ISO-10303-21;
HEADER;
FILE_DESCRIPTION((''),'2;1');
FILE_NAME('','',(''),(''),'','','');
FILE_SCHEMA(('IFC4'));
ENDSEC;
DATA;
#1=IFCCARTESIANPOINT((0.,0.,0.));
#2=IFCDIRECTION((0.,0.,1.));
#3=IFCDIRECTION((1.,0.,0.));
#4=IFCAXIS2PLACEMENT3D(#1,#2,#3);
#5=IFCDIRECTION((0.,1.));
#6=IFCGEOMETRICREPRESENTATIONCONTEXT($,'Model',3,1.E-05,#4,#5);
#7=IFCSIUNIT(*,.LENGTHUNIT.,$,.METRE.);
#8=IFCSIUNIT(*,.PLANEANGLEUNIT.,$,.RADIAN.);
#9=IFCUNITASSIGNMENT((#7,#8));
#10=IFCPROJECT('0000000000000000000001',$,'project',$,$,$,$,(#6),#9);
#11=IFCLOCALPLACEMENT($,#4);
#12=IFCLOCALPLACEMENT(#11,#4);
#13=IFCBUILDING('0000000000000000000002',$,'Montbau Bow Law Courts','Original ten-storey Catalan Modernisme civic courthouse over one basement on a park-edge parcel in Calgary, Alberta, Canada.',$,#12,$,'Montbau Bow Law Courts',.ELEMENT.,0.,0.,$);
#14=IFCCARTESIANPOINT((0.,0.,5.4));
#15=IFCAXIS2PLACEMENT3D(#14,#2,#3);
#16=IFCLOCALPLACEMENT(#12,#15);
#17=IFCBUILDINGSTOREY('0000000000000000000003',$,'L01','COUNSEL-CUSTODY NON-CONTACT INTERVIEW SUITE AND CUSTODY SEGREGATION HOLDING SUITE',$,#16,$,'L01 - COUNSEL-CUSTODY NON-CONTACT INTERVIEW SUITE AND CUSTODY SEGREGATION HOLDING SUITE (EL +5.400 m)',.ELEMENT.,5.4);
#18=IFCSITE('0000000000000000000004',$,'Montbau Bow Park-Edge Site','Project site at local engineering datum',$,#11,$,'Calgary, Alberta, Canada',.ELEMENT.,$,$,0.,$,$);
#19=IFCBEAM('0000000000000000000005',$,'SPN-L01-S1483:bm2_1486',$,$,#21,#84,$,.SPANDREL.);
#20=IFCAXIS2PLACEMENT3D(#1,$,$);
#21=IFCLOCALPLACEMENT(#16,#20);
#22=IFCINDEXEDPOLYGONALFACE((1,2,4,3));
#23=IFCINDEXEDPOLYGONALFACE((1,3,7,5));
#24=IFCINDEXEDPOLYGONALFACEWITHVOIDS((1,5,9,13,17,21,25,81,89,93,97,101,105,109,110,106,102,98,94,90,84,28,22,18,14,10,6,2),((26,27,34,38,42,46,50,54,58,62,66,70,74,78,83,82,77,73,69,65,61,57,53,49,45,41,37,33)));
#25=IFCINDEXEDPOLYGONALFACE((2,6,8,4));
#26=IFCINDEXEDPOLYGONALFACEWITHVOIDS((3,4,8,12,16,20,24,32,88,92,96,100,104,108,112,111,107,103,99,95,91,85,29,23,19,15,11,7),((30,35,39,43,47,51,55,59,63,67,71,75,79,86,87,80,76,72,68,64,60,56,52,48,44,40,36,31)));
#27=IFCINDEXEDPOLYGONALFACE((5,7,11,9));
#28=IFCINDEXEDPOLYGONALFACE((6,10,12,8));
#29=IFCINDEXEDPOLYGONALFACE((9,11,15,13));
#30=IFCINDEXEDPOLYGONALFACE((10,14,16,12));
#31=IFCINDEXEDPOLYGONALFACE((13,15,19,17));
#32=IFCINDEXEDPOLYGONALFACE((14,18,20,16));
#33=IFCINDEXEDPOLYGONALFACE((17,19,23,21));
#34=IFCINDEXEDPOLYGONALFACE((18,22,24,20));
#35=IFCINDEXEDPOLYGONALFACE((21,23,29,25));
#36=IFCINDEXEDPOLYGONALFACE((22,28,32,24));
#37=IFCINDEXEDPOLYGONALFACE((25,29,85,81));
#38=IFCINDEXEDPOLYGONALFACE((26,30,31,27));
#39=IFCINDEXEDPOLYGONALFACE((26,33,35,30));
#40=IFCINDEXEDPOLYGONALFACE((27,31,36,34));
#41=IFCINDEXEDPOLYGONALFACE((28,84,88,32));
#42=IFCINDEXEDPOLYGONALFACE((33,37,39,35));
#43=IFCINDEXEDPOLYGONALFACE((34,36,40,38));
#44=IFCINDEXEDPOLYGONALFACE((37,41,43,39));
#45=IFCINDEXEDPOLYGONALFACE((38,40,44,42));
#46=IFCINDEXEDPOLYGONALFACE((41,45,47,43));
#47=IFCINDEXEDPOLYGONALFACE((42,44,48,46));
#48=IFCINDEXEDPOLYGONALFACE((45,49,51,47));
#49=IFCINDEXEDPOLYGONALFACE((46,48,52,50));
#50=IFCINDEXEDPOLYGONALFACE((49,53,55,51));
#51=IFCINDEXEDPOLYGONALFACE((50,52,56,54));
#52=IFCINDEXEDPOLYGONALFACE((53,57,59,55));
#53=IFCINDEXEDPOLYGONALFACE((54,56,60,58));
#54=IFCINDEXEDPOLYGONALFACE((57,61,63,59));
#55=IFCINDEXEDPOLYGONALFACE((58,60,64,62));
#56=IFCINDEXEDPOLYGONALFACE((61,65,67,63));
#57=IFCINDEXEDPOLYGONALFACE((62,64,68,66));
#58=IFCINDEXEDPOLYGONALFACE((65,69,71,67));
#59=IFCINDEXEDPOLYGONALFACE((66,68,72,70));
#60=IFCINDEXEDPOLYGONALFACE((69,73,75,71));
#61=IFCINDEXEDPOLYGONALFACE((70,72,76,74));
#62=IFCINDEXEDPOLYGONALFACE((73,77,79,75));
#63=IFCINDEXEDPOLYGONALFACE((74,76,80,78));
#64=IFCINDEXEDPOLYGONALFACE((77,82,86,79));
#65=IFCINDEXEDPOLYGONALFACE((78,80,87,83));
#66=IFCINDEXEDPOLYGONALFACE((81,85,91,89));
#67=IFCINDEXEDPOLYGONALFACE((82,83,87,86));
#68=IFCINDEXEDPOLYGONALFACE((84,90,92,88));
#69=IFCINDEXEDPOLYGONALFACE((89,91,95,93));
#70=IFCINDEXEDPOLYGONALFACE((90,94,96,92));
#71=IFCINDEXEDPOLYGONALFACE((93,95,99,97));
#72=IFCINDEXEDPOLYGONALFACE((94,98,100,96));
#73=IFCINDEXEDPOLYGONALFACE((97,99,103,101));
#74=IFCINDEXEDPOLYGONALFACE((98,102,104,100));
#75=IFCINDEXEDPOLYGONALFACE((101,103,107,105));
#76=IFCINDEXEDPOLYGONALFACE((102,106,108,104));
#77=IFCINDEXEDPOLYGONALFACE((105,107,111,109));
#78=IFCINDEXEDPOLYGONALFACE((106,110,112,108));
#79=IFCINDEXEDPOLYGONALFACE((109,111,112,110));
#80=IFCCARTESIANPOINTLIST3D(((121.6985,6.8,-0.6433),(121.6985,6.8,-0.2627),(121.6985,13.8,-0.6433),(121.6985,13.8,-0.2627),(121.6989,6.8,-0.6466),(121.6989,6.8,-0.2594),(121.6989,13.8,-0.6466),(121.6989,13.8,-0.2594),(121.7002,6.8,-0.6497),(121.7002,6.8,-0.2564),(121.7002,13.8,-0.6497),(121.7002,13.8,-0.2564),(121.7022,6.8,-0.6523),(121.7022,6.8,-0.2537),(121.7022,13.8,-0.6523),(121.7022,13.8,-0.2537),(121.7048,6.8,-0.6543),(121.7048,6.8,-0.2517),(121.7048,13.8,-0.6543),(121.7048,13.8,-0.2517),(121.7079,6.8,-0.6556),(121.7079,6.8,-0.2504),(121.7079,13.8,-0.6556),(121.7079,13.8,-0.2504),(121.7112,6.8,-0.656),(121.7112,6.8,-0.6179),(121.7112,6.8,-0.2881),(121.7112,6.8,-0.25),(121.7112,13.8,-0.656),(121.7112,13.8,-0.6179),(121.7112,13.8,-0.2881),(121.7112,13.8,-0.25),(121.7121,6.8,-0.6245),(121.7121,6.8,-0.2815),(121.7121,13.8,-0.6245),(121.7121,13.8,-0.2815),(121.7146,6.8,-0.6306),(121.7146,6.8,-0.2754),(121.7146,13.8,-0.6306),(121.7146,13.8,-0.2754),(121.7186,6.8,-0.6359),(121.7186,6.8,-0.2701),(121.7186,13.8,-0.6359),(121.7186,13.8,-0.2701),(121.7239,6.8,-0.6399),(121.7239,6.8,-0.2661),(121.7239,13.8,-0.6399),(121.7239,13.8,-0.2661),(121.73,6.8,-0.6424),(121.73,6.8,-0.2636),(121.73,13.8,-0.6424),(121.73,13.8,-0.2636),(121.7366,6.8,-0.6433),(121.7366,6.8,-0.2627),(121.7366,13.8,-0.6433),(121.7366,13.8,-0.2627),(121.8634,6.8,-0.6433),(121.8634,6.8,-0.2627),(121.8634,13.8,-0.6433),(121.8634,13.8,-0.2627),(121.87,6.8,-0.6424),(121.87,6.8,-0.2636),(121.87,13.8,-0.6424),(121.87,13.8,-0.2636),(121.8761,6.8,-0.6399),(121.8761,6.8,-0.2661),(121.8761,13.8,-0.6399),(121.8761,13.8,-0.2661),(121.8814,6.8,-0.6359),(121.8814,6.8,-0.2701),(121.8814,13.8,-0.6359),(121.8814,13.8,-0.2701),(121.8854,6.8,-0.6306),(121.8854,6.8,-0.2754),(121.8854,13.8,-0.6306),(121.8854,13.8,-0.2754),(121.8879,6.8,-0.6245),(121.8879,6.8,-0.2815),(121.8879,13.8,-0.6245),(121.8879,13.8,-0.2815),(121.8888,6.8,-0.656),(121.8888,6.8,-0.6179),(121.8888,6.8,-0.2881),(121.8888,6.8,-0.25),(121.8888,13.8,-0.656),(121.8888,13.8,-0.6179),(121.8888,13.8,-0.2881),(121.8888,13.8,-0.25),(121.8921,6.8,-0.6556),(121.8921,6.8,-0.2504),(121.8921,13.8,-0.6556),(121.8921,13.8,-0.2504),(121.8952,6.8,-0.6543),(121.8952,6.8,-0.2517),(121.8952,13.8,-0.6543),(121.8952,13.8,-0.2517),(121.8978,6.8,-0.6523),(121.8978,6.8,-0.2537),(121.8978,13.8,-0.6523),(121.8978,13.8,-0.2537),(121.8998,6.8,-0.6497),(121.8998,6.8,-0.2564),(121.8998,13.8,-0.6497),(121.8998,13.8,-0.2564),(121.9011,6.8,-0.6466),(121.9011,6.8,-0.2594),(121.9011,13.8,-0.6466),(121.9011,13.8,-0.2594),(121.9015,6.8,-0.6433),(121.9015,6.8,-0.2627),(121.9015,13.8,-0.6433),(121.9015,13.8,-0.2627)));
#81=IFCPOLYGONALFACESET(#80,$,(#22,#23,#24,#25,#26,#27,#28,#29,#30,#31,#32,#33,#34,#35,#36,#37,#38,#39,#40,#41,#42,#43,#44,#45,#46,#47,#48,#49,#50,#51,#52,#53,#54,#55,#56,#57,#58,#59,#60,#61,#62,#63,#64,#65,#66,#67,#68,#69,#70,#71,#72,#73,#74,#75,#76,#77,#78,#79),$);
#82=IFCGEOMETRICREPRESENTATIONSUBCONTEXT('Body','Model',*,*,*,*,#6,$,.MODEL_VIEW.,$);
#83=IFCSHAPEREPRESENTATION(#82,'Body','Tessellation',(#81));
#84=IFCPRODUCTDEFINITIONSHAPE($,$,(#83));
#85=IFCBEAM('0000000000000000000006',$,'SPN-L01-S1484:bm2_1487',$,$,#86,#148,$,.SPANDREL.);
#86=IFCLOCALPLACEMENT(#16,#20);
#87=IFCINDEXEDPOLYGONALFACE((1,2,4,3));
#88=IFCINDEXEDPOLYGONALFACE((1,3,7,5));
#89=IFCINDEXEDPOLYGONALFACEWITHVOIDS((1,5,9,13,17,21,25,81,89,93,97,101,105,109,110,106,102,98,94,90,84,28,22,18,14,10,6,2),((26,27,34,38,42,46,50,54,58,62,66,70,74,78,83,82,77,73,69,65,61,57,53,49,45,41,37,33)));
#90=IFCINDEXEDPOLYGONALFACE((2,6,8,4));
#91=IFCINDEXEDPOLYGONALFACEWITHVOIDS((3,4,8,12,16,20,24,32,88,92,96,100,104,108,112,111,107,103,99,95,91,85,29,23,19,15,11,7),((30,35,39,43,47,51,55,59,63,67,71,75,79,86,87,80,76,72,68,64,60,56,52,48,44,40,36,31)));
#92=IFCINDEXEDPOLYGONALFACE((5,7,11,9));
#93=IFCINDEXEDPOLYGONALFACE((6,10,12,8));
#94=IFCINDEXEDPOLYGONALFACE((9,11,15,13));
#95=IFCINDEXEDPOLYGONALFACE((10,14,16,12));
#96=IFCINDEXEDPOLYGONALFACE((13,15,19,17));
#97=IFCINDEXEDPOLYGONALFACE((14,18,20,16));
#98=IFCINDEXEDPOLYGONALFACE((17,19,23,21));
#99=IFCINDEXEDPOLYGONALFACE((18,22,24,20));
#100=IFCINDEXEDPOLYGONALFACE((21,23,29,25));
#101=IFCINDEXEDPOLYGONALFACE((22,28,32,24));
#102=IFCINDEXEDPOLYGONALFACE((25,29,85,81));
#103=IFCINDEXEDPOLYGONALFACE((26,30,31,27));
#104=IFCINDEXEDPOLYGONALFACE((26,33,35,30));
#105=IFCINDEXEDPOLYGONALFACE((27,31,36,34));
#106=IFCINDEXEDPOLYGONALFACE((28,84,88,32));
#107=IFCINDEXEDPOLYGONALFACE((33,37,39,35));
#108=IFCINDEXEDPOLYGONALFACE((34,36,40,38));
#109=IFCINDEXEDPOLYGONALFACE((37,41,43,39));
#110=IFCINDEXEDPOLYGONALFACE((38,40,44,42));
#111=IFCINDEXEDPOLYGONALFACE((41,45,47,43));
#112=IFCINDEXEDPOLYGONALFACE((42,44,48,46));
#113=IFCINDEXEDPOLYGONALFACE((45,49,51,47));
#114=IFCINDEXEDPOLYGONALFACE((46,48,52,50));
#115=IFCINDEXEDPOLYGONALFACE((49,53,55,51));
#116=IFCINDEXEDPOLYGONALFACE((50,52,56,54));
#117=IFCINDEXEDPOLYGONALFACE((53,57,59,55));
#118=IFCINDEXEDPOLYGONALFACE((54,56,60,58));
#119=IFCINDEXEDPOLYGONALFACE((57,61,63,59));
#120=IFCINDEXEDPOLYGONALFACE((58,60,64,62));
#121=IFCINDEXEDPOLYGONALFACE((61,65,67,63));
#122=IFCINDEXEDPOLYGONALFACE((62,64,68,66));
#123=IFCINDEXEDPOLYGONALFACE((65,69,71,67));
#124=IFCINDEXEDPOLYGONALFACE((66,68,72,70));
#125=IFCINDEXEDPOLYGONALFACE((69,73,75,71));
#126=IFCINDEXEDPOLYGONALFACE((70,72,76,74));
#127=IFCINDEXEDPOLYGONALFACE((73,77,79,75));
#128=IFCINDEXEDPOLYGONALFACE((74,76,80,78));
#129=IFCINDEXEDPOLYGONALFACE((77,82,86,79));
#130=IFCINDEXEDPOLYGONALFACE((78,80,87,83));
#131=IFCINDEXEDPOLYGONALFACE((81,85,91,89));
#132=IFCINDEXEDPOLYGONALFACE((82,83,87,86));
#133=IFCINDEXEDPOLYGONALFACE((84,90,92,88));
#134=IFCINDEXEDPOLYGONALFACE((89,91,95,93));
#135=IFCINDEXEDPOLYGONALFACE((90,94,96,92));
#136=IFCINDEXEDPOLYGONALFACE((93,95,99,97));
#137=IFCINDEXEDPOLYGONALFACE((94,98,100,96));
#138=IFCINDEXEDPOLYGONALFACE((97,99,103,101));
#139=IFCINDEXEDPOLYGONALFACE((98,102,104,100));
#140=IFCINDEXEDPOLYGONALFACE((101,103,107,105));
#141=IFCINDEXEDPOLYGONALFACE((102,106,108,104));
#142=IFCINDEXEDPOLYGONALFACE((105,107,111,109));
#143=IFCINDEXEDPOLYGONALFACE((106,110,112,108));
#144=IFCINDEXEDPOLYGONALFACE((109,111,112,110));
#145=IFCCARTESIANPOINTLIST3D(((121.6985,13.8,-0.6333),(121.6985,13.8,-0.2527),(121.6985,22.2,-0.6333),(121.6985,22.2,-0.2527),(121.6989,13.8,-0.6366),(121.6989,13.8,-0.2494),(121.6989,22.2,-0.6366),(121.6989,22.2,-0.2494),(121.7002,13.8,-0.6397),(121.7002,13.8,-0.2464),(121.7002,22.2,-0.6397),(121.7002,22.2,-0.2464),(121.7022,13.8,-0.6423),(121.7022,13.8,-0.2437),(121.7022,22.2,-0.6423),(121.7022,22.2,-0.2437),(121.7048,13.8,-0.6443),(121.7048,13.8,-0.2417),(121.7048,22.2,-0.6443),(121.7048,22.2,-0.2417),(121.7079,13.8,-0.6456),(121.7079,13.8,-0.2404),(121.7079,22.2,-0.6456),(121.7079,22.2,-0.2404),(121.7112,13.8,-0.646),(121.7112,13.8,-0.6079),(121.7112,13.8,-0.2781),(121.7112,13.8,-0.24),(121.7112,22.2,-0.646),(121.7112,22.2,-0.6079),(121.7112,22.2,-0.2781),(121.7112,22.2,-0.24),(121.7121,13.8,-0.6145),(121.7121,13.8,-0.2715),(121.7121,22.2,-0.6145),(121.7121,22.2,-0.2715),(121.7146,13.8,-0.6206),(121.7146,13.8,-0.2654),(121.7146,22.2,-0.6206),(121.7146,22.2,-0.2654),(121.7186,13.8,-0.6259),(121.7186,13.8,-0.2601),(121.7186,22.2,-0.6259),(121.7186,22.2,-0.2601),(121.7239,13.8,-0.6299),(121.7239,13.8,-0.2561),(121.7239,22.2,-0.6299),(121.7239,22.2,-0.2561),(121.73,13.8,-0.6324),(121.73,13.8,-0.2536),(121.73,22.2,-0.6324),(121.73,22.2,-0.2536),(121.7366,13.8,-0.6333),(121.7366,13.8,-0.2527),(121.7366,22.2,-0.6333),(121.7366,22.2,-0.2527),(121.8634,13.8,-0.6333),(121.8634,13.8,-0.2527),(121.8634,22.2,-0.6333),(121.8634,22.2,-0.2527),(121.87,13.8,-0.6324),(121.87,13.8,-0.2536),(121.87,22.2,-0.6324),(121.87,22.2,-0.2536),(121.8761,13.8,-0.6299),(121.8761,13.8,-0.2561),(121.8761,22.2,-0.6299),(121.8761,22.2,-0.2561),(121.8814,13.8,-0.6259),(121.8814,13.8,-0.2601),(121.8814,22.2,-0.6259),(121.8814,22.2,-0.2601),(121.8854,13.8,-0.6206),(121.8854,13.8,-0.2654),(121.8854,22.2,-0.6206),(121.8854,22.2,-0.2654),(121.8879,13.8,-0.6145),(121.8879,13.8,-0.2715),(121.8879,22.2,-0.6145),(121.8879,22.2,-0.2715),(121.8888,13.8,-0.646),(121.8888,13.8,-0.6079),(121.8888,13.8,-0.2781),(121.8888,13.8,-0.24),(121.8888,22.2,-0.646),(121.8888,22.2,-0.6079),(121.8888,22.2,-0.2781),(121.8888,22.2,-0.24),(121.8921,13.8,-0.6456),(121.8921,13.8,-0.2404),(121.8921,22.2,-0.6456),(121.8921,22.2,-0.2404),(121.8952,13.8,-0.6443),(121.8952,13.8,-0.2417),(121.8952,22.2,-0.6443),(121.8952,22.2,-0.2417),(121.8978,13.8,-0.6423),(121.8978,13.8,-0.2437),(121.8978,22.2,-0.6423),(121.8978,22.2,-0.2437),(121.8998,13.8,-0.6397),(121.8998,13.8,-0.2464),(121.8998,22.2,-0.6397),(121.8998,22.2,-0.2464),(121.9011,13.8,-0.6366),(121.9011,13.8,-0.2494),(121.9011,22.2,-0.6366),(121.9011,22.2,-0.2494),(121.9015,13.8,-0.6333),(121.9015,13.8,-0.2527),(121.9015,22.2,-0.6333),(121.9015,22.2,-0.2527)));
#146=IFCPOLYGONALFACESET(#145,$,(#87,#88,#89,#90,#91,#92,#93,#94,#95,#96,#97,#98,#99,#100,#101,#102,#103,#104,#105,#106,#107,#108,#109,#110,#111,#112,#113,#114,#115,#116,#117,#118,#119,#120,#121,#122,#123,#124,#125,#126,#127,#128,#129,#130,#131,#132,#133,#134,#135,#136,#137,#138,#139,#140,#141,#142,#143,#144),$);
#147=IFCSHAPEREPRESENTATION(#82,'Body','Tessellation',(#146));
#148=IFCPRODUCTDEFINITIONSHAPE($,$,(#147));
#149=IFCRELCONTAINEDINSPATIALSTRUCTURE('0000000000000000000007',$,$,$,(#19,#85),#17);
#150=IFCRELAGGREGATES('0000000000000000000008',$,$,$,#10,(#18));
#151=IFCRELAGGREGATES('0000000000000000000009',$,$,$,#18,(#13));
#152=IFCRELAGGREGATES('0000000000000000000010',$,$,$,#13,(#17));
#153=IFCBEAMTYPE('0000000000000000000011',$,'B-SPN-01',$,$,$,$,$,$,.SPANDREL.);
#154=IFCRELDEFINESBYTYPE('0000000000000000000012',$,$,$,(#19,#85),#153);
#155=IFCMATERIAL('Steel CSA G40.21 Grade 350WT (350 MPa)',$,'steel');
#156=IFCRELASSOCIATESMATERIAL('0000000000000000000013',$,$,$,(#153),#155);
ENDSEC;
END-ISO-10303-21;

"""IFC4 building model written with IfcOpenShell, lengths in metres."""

from ifc_helpers import new_model, si_unit, direction, frame, origin_with_axes, origin_2d_with_axis, place, context, subcontext, project, spatial, hollow_rectangle, extrude, material, material_profile, profile_set, type_object, element, save


model = new_model("IFC4")

# Units and contexts
model_context = context("Model", 3, precision=1e-05, world=origin_with_axes(), true_north=direction((0.0, 1.0)))
body_context = subcontext(model_context, "Body", "Model", "MODEL_VIEW")
ifc_project = project(units=[si_unit("LENGTHUNIT", "METRE"), si_unit("PLANEANGLEUNIT", "RADIAN")], contexts=[model_context])

# Site, building, storey
site_placement = place(None, origin_with_axes())
site = spatial("IfcSite", under=ifc_project, at=site_placement, Name="Montbau Bow Park-Edge Site", Description="Project site at local engineering datum", LongName="Calgary, Alberta, Canada", CompositionType="ELEMENT", RefElevation=0.0)
building_placement = place(site_placement, origin_with_axes())
building = spatial("IfcBuilding", under=site, at=building_placement, Name="Montbau Bow Law Courts", Description="Original ten-storey Catalan Modernisme civic courthouse over one basement on a park-edge parcel in Calgary, Alberta, Canada.", LongName="Montbau Bow Law Courts", CompositionType="ELEMENT", ElevationOfRefHeight=0.0, ElevationOfTerrain=0.0)
storey_placement = place(building_placement, frame((0.0, 0.0, 5.4), z_axis=(0.0, 0.0, 1.0), x_axis=(1.0, 0.0, 0.0)))
storey = spatial("IfcBuildingStorey", under=building, at=storey_placement, Name="L01", Description="COUNSEL-CUSTODY NON-CONTACT INTERVIEW SUITE AND CUSTODY SEGREGATION HOLDING SUITE", LongName="L01 - COUNSEL-CUSTODY NON-CONTACT INTERVIEW SUITE AND CUSTODY SEGREGATION HOLDING SUITE (EL +5.400 m)", CompositionType="ELEMENT", Elevation=5.4)

# Beams
ifc_material_1 = material(Name="Steel CSA G40.21 Grade 350WT (350 MPa)", Category="steel")
ifc_material_profile_1 = material_profile(ifc_material_1, hollow_rectangle(XDim=0.203, YDim=0.406, WallThickness=0.0127, InnerFilletRadius=0.0254, OuterFilletRadius=0.0127, at=origin_2d_with_axis()), Name="HSS406X203X13", Category="Main", Priority=0)
ifc_profile_set_1 = profile_set([ifc_material_profile_1], Name="Steel CSA G40.21 Grade 350WT (350 MPa)")
beam_type_1 = type_object("IfcBeamType", Name="B-SPN-01", PredefinedType="SPANDREL", material=ifc_profile_set_1)
beam_1_placement = place(None, frame((121.8, 6.8, 4.947), z_axis=(0.0, 1.0, 0.0), x_axis=(-1.0, 0.0, 0.0)))
element("IfcBeam", 1, at=beam_1_placement, inside=storey, type_object=beam_type_1, Name="SPN-L01-S1483:bm2_1486", PredefinedType="SPANDREL", context=body_context, shape_type="SweptSolid", body=[
    extrude(hollow_rectangle(XDim=0.203, YDim=0.406, WallThickness=0.0127, InnerFilletRadius=0.0254, OuterFilletRadius=0.0127, at=origin_2d_with_axis()), origin_with_axes(), (0.0, 0.0, 1.0), 7.0),
])
beam_2_placement = place(None, frame((121.8, 13.8, 4.957), z_axis=(0.0, 1.0, 0.0), x_axis=(-1.0, 0.0, 0.0)))
element("IfcBeam", 2, at=beam_2_placement, inside=storey, type_object=beam_type_1, Name="SPN-L01-S1484:bm2_1487", PredefinedType="SPANDREL", context=body_context, shape_type="SweptSolid", body=[
    extrude(hollow_rectangle(XDim=0.203, YDim=0.406, WallThickness=0.0127, InnerFilletRadius=0.0254, OuterFilletRadius=0.0127, at=origin_2d_with_axis()), origin_with_axes(), (0.0, 0.0, 1.0), 8.4),
])

save(model, "model.ifc")
